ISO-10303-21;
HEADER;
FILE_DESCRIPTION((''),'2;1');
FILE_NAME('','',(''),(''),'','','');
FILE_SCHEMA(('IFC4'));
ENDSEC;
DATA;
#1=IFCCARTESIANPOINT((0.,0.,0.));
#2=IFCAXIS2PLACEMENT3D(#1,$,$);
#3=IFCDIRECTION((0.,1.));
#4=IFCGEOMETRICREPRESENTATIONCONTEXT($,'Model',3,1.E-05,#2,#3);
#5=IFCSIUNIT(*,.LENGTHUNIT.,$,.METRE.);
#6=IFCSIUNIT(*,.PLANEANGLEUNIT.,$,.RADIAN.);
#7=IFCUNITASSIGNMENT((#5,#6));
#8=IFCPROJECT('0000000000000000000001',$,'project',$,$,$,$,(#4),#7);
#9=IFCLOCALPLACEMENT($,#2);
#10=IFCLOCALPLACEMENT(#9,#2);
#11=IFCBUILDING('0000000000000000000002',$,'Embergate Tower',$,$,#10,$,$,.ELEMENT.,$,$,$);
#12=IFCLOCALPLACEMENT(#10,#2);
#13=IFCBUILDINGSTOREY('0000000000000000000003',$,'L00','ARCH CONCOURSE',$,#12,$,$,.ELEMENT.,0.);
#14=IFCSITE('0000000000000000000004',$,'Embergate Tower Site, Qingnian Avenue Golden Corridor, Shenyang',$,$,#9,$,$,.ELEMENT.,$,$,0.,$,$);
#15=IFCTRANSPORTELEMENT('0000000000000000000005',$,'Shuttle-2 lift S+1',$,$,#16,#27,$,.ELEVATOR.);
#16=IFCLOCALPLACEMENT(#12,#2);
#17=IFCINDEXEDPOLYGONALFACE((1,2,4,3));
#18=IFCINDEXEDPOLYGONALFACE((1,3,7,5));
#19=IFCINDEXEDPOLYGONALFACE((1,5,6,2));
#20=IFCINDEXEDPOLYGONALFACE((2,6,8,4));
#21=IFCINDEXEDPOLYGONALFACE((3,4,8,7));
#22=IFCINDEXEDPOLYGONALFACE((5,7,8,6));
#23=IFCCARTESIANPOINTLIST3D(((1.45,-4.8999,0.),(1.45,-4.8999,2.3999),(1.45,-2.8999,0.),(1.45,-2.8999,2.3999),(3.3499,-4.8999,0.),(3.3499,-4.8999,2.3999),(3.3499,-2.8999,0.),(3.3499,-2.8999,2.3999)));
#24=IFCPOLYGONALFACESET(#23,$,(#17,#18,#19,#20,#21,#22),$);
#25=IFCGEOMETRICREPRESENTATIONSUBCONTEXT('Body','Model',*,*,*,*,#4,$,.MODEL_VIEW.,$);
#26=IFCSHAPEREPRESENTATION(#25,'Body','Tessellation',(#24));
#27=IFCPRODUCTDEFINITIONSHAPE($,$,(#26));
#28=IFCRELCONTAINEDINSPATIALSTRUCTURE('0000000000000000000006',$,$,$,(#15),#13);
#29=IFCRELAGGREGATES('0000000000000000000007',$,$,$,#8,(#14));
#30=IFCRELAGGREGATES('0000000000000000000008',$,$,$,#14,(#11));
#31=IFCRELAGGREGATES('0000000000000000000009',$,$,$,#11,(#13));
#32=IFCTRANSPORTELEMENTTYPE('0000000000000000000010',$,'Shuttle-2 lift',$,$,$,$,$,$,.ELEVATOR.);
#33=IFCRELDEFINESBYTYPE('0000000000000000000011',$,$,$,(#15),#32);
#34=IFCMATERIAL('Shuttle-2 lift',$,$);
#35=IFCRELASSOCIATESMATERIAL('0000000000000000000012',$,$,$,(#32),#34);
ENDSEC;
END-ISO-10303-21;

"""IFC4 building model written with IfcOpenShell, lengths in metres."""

from ifc_helpers import new_model, si_unit, direction, frame, origin, origin_2d, place, context, subcontext, project, spatial, rectangle, extrude, source, transform, mapped, material, type_object, element, save


model = new_model("IFC4")

# Units and contexts
model_context = context("Model", 3, precision=1e-05, world=origin(), true_north=direction((0.0, 1.0)))
body_context = subcontext(model_context, "Body", "Model", "MODEL_VIEW")
ifc_project = project(units=[si_unit("LENGTHUNIT", "METRE"), si_unit("PLANEANGLEUNIT", "RADIAN")], contexts=[model_context])

# Site, building, storey
site_placement = place(None, origin())
site = spatial("IfcSite", under=ifc_project, at=site_placement, Name="Embergate Tower Site, Qingnian Avenue Golden Corridor, Shenyang", CompositionType="ELEMENT", RefElevation=0.0)
building_placement = place(site_placement, origin())
building = spatial("IfcBuilding", under=site, at=building_placement, Name="Embergate Tower", CompositionType="ELEMENT")
storey_placement = place(building_placement, origin())
storey = spatial("IfcBuildingStorey", under=building, at=storey_placement, Name="L00", Description="ARCH CONCOURSE", CompositionType="ELEMENT", Elevation=0.0)

# Transport element
ifc_material_1 = material(Name="Shuttle-2 lift")
transport_element_type_1 = type_object("IfcTransportElementType", Name="Shuttle-2 lift", PredefinedType="ELEVATOR", material=ifc_material_1)
shared_shape_1 = source(origin(), body_context, "Body", "SweptSolid", [
    extrude(rectangle(XDim=1.8999, YDim=2.0, at=origin_2d()), origin(), (0.0, 0.0, 1.0), 2.3999),
])
transport_element_1_placement = place(storey_placement, frame((2.3999, -3.8999, 0.0), z_axis=(0.0, 0.0, 1.0), x_axis=(1.0, 0.0, 0.0)))
element("IfcTransportElement", 1, at=transport_element_1_placement, inside=storey, type_object=transport_element_type_1, Name="Shuttle-2 lift S+1", PredefinedType="ELEVATOR", context=body_context, shape_type="MappedRepresentation", body=[
    mapped(shared_shape_1, transform((0.0, 0.0, 0.0))),
])

save(model, "model.ifc")
